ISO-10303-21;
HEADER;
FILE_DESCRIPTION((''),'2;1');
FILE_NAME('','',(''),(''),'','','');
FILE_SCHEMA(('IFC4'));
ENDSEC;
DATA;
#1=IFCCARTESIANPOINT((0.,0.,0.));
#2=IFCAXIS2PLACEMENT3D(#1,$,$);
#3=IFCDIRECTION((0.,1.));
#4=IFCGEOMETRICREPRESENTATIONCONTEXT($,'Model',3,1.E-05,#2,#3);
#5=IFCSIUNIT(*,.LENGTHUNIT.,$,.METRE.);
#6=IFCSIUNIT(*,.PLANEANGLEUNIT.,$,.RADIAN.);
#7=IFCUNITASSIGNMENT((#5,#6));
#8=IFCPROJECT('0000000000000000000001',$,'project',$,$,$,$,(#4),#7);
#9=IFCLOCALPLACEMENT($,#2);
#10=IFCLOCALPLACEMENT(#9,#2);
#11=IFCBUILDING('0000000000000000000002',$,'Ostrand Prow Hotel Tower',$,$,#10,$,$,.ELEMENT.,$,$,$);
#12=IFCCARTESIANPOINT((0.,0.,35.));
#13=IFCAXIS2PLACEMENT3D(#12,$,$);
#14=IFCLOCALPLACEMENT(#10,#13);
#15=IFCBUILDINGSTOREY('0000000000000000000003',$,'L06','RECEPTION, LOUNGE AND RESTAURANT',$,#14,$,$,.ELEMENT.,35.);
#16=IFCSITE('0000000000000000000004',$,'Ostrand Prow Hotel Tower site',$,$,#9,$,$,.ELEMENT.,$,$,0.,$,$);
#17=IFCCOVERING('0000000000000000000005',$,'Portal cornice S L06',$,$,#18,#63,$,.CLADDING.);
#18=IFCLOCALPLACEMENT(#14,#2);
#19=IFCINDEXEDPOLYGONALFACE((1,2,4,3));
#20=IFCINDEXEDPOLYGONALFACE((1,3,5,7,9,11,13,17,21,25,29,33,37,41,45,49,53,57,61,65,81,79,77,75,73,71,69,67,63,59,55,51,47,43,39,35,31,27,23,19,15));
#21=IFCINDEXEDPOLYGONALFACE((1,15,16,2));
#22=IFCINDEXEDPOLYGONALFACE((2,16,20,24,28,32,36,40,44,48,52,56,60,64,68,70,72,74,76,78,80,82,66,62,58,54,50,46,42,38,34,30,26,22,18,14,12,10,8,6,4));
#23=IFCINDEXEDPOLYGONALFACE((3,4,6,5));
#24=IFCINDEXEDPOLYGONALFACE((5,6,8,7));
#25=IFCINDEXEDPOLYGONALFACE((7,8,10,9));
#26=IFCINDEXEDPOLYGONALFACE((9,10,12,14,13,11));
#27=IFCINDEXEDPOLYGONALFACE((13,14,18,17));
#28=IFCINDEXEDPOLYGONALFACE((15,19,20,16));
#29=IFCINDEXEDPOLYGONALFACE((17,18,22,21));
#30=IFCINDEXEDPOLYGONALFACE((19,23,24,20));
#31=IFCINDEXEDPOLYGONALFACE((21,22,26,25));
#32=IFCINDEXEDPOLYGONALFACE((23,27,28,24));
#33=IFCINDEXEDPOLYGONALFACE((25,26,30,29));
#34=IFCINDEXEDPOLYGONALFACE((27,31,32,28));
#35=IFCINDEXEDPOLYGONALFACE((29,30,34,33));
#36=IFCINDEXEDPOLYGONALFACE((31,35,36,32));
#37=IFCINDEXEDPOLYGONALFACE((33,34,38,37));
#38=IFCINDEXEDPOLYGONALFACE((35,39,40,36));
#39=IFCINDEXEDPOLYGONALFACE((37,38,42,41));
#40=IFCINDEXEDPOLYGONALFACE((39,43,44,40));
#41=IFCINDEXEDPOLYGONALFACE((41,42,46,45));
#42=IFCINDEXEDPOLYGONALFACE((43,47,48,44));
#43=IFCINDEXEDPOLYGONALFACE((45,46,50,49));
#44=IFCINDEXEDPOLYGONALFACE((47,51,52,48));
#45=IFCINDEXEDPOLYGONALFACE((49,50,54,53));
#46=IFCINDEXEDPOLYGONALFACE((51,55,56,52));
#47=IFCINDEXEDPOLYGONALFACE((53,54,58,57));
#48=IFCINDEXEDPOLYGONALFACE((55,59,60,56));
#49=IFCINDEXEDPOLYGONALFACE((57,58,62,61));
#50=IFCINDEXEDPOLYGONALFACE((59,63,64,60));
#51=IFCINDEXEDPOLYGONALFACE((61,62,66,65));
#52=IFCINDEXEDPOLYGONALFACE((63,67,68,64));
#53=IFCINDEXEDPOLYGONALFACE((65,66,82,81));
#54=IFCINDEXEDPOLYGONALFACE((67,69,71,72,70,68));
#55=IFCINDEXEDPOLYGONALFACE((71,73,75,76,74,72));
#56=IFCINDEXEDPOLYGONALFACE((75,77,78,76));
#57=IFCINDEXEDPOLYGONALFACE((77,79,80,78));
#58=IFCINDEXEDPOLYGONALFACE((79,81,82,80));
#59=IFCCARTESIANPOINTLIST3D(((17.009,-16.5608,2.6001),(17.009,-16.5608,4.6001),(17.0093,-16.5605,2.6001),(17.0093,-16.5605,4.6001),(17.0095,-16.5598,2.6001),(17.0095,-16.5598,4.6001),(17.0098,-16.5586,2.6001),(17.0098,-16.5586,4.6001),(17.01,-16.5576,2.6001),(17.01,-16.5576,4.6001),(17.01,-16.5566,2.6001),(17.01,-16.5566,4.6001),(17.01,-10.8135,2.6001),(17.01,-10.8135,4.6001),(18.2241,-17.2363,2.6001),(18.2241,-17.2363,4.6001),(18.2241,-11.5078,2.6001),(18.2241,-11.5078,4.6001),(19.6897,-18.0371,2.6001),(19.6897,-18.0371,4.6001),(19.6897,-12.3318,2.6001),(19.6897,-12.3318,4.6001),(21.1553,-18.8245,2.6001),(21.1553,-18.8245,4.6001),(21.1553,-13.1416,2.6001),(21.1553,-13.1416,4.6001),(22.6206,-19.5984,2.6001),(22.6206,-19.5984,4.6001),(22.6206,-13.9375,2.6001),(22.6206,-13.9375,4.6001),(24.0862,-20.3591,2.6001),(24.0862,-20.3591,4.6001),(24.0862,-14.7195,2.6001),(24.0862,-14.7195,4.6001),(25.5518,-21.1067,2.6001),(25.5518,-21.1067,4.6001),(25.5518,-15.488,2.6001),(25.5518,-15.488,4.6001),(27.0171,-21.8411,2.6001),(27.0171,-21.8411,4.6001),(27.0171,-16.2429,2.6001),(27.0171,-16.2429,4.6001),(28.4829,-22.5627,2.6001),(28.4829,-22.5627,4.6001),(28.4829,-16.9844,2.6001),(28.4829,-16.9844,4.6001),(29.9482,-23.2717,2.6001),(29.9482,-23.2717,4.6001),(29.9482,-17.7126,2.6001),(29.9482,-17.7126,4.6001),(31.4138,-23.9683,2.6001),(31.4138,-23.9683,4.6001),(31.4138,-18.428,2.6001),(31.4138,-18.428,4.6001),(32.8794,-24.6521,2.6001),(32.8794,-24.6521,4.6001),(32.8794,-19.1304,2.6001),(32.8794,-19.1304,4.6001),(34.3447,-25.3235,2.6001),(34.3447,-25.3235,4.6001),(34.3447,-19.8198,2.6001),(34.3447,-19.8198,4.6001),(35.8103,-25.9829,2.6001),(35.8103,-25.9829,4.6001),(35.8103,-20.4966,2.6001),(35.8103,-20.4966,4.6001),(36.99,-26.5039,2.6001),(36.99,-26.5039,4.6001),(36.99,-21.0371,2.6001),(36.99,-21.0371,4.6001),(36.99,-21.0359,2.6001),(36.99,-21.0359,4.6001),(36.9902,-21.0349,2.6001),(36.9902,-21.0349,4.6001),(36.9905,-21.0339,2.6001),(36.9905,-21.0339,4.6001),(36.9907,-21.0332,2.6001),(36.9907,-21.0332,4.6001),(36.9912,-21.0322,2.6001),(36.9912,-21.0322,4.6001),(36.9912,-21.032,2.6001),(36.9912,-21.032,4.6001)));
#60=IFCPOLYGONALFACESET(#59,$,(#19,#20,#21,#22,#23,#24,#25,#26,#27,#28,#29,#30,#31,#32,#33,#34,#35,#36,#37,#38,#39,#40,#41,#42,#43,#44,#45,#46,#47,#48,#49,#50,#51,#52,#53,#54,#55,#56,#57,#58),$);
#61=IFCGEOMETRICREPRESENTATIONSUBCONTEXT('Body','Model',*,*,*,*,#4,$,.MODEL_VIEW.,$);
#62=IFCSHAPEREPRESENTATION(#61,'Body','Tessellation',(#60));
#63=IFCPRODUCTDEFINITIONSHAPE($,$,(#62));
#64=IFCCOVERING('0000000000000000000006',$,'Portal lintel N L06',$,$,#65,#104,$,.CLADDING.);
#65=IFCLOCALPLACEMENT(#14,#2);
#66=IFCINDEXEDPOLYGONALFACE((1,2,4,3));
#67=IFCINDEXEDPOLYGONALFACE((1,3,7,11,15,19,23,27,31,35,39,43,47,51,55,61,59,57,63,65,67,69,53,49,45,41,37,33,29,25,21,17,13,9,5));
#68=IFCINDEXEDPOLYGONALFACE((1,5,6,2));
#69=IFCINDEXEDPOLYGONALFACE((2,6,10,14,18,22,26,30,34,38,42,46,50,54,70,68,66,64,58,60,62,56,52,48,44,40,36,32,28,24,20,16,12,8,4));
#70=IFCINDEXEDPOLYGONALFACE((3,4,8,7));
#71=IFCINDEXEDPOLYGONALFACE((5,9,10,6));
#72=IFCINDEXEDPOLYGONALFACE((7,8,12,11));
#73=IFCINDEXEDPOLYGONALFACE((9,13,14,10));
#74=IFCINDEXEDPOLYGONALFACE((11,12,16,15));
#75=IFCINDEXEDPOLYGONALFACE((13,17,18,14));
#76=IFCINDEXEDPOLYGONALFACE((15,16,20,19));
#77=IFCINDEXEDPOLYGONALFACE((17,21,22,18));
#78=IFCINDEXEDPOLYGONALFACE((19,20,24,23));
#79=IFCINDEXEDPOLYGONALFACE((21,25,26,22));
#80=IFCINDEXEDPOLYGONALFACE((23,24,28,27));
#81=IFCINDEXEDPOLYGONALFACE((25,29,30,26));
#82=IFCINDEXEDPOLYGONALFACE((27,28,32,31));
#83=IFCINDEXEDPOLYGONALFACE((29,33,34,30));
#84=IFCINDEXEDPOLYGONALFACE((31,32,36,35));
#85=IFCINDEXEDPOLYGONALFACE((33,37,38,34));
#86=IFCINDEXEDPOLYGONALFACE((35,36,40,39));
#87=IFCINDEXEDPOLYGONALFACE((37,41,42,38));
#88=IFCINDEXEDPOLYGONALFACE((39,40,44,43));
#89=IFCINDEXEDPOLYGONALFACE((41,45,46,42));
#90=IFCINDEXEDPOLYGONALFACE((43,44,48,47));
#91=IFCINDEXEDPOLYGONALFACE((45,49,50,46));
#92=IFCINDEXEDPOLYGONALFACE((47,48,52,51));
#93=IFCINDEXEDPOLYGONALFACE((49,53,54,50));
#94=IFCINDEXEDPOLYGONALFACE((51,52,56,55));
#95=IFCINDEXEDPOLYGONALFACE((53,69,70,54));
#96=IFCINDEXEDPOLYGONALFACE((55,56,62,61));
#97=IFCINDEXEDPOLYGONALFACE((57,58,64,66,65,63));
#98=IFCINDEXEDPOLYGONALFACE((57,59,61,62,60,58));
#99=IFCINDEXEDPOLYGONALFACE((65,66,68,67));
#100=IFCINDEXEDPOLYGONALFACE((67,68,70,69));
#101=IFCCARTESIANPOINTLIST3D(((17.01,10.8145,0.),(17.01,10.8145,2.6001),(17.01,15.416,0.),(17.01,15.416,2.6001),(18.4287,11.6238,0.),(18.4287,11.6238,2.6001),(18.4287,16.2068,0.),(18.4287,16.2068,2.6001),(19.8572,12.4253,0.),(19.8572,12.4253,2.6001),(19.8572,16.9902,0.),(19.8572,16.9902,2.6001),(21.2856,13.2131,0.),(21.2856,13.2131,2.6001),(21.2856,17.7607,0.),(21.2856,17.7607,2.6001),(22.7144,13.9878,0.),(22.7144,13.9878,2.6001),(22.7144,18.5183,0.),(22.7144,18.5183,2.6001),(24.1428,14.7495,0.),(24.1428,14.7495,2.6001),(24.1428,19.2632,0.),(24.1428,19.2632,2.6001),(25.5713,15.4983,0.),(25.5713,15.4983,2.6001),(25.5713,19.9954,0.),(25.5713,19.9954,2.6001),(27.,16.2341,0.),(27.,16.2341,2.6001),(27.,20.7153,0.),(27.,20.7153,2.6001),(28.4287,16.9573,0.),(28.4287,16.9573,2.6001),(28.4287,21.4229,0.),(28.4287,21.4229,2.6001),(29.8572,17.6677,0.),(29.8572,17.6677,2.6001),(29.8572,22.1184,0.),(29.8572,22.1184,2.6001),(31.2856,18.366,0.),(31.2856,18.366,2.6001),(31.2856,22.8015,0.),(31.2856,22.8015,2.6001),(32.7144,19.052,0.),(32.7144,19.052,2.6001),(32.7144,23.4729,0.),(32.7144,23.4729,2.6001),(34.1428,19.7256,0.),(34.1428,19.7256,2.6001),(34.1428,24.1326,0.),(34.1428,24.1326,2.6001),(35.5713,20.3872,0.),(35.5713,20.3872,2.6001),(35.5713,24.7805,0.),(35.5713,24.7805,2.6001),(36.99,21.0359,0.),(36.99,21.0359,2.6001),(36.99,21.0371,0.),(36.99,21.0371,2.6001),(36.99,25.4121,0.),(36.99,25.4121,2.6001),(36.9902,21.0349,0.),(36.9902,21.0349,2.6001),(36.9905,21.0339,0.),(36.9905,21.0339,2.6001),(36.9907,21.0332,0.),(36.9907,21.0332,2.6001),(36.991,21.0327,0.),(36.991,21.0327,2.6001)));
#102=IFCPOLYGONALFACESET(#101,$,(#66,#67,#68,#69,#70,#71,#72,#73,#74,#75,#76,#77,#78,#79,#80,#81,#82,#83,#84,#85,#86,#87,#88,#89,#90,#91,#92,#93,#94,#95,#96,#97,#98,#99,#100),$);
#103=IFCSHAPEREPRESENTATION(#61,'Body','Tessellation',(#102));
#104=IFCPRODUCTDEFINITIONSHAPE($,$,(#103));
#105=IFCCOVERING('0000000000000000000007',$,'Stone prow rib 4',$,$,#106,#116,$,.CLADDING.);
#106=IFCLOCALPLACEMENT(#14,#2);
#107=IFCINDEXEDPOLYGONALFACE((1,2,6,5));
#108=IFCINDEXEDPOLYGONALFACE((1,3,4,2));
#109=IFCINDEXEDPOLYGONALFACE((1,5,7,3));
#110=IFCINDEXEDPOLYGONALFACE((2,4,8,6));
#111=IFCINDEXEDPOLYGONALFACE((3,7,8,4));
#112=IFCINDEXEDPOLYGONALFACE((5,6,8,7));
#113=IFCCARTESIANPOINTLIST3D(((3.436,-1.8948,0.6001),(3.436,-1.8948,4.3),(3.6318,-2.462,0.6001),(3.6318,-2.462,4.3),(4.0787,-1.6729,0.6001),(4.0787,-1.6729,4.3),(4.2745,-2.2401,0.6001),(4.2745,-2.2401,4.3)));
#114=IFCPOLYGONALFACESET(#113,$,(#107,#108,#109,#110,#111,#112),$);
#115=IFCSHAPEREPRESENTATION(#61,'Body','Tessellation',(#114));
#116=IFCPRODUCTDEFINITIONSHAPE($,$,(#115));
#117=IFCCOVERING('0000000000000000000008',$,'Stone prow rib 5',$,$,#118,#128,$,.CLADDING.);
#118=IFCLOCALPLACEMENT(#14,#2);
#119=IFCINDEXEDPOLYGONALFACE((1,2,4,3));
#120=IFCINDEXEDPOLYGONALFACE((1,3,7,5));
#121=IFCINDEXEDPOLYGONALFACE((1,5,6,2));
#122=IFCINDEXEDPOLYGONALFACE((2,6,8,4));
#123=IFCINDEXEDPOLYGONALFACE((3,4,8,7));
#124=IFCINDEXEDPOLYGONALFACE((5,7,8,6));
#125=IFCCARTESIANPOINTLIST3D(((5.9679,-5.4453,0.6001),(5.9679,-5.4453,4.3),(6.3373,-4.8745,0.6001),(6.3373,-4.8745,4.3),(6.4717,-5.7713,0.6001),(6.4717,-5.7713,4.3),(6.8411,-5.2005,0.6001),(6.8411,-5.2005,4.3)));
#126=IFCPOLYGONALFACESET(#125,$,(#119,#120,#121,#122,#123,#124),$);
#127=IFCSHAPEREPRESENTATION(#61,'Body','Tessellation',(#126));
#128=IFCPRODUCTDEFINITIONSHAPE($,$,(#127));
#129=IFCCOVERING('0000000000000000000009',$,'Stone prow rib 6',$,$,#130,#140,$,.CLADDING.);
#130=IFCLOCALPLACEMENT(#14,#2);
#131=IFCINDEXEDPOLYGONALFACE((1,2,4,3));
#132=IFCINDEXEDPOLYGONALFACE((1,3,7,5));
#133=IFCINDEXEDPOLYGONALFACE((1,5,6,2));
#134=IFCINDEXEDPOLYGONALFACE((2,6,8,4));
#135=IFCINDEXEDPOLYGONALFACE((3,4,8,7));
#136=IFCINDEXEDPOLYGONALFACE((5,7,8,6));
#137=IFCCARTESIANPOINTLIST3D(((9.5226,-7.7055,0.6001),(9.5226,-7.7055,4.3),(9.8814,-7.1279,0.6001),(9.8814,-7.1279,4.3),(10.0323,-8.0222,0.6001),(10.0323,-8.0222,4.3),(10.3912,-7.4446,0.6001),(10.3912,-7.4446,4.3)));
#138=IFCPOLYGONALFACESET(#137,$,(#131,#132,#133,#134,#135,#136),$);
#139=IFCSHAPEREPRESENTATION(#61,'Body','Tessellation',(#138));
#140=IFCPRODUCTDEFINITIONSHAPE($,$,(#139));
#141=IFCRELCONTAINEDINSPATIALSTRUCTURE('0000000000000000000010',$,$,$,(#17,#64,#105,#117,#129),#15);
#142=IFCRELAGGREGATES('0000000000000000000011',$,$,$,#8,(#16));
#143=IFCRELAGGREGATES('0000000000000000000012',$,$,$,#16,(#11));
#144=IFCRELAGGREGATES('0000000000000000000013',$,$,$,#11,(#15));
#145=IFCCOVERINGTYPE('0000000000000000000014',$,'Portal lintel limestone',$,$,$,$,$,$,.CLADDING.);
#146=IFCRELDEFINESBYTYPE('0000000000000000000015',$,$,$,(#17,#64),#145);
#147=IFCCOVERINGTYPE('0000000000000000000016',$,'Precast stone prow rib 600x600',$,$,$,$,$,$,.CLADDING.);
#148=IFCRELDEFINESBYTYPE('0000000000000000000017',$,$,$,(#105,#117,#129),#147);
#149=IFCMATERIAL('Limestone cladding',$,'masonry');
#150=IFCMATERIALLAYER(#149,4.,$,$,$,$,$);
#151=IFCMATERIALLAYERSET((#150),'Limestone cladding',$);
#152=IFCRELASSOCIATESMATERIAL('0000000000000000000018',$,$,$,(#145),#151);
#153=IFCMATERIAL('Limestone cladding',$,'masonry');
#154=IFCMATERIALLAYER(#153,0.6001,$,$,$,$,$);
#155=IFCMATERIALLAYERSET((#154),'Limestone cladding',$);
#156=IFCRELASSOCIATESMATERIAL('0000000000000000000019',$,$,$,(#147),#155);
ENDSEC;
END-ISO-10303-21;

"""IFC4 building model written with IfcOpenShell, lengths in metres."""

from ifc_helpers import new_model, si_unit, direction, frame, frame_2d, origin, place, context, subcontext, project, spatial, polyline, rectangle, outline, extrude, material, layer, layer_set, type_object, element, save


model = new_model("IFC4")

# Units and contexts
model_context = context("Model", 3, precision=1e-05, world=origin(), true_north=direction((0.0, 1.0)))
body_context = subcontext(model_context, "Body", "Model", "MODEL_VIEW")
ifc_project = project(units=[si_unit("LENGTHUNIT", "METRE"), si_unit("PLANEANGLEUNIT", "RADIAN")], contexts=[model_context])

# Site, building, storey
site_placement = place(None, origin())
site = spatial("IfcSite", under=ifc_project, at=site_placement, Name="Ostrand Prow Hotel Tower site", CompositionType="ELEMENT", RefElevation=0.0)
building_placement = place(site_placement, origin())
building = spatial("IfcBuilding", under=site, at=building_placement, Name="Ostrand Prow Hotel Tower", CompositionType="ELEMENT")
storey_placement = place(building_placement, frame((0.0, 0.0, 35.0)))
storey = spatial("IfcBuildingStorey", under=building, at=storey_placement, Name="L06", Description="RECEPTION, LOUNGE AND RESTAURANT", CompositionType="ELEMENT", Elevation=35.0)

# Coverings
ifc_material_1 = material(Name="Limestone cladding", Category="masonry")
ifc_layer_1 = layer(ifc_material_1, 4.0)
ifc_layer_set_1 = layer_set([ifc_layer_1], Name="Limestone cladding")
covering_type_1 = type_object("IfcCoveringType", Name="Portal lintel limestone", PredefinedType="CLADDING", material=ifc_layer_set_1)
covering_1_placement = place(storey_placement, frame((0.0, 0.0, 2.6001)))
element("IfcCovering", 1, at=covering_1_placement, inside=storey, type_object=covering_type_1, Name="Portal cornice S L06", PredefinedType="CLADDING", context=body_context, shape_type="SweptSolid", body=[
    extrude(outline(polyline([(18.2241, -11.5078), (17.01, -10.8135), (17.01, -16.5566), (17.01, -16.5576), (17.0098, -16.5586), (17.0095, -16.5598), (17.0093, -16.5605), (17.009, -16.5608), (18.2241, -17.2363), (19.6897, -18.0371), (21.1553, -18.8245), (22.6206, -19.5984), (24.0862, -20.3591), (25.5518, -21.1067), (27.0171, -21.8411), (28.4829, -22.5627), (29.9482, -23.2717), (31.4138, -23.9683), (32.8794, -24.6521), (34.3447, -25.3235), (35.8103, -25.9829), (36.99, -26.5039), (36.99, -21.0371), (36.99, -21.0359), (36.9902, -21.0349), (36.9905, -21.0339), (36.9907, -21.0332), (36.9912, -21.0322), (36.9912, -21.032), (35.8103, -20.4966), (34.3447, -19.8198), (32.8794, -19.1304), (31.4138, -18.428), (29.9482, -17.7126), (28.4829, -16.9844), (27.0171, -16.2429), (25.5518, -15.488), (24.0862, -14.7195), (22.6206, -13.9375), (21.1553, -13.1416), (19.6897, -12.3318), (18.2241, -11.5078)])), origin(), (0.0, 0.0, 1.0), 2.0),
])
covering_2_placement = place(storey_placement, origin())
element("IfcCovering", 2, at=covering_2_placement, inside=storey, type_object=covering_type_1, Name="Portal lintel N L06", PredefinedType="CLADDING", context=body_context, shape_type="SweptSolid", body=[
    extrude(outline(polyline([(18.4287, 16.2068), (17.01, 15.416), (17.01, 10.8145), (18.4287, 11.6238), (19.8572, 12.4253), (21.2856, 13.2131), (22.7144, 13.9878), (24.1428, 14.7495), (25.5713, 15.4983), (27.0, 16.2341), (28.4287, 16.9573), (29.8572, 17.6677), (31.2856, 18.366), (32.7144, 19.052), (34.1428, 19.7256), (35.5713, 20.3872), (36.991, 21.0327), (36.9907, 21.0332), (36.9905, 21.0339), (36.9902, 21.0349), (36.99, 21.0359), (36.99, 21.0371), (36.99, 25.4121), (35.5713, 24.7805), (34.1428, 24.1326), (32.7144, 23.4729), (31.2856, 22.8015), (29.8572, 22.1184), (28.4287, 21.4229), (27.0, 20.7153), (25.5713, 19.9954), (24.1428, 19.2632), (22.7144, 18.5183), (21.2856, 17.7607), (19.8572, 16.9902), (18.4287, 16.2068)])), origin(), (0.0, 0.0, 1.0), 2.6001),
])
ifc_material_2 = material(Name="Limestone cladding", Category="masonry")
ifc_layer_2 = layer(ifc_material_2, 0.6001)
ifc_layer_set_2 = layer_set([ifc_layer_2], Name="Limestone cladding")
covering_type_2 = type_object("IfcCoveringType", Name="Precast stone prow rib 600x600", PredefinedType="CLADDING", material=ifc_layer_set_2)
for number, where, z_axis, x_axis, name in (
    (3, (4.1765, -1.9565, 0.6001), (0.0, 0.0, 1.0), (-0.945255, -0.326334, 0.0), "Stone prow rib 4"),
    (4, (6.5891, -5.0376, 0.6001), (0.0, 0.0, 1.0), (-0.543296, -0.839541, 0.0), "Stone prow rib 5"),
    (5, (10.1362, -7.2864, 0.6001), (0.0, 0.0, 1.0), (-0.527738, -0.849407, 0.0), "Stone prow rib 6"),
):
    element("IfcCovering", number, at=place(storey_placement, frame(where, z_axis=z_axis, x_axis=x_axis)), inside=storey, type_object=covering_type_2, Name=name, PredefinedType="CLADDING", context=body_context, shape_type="SweptSolid", body=[
        extrude(rectangle(XDim=0.6799, YDim=0.6001, at=frame_2d((0.3398, 0.0))), origin(), (0.0, 0.0, 1.0), 3.7),
    ])

save(model, "model.ifc")
